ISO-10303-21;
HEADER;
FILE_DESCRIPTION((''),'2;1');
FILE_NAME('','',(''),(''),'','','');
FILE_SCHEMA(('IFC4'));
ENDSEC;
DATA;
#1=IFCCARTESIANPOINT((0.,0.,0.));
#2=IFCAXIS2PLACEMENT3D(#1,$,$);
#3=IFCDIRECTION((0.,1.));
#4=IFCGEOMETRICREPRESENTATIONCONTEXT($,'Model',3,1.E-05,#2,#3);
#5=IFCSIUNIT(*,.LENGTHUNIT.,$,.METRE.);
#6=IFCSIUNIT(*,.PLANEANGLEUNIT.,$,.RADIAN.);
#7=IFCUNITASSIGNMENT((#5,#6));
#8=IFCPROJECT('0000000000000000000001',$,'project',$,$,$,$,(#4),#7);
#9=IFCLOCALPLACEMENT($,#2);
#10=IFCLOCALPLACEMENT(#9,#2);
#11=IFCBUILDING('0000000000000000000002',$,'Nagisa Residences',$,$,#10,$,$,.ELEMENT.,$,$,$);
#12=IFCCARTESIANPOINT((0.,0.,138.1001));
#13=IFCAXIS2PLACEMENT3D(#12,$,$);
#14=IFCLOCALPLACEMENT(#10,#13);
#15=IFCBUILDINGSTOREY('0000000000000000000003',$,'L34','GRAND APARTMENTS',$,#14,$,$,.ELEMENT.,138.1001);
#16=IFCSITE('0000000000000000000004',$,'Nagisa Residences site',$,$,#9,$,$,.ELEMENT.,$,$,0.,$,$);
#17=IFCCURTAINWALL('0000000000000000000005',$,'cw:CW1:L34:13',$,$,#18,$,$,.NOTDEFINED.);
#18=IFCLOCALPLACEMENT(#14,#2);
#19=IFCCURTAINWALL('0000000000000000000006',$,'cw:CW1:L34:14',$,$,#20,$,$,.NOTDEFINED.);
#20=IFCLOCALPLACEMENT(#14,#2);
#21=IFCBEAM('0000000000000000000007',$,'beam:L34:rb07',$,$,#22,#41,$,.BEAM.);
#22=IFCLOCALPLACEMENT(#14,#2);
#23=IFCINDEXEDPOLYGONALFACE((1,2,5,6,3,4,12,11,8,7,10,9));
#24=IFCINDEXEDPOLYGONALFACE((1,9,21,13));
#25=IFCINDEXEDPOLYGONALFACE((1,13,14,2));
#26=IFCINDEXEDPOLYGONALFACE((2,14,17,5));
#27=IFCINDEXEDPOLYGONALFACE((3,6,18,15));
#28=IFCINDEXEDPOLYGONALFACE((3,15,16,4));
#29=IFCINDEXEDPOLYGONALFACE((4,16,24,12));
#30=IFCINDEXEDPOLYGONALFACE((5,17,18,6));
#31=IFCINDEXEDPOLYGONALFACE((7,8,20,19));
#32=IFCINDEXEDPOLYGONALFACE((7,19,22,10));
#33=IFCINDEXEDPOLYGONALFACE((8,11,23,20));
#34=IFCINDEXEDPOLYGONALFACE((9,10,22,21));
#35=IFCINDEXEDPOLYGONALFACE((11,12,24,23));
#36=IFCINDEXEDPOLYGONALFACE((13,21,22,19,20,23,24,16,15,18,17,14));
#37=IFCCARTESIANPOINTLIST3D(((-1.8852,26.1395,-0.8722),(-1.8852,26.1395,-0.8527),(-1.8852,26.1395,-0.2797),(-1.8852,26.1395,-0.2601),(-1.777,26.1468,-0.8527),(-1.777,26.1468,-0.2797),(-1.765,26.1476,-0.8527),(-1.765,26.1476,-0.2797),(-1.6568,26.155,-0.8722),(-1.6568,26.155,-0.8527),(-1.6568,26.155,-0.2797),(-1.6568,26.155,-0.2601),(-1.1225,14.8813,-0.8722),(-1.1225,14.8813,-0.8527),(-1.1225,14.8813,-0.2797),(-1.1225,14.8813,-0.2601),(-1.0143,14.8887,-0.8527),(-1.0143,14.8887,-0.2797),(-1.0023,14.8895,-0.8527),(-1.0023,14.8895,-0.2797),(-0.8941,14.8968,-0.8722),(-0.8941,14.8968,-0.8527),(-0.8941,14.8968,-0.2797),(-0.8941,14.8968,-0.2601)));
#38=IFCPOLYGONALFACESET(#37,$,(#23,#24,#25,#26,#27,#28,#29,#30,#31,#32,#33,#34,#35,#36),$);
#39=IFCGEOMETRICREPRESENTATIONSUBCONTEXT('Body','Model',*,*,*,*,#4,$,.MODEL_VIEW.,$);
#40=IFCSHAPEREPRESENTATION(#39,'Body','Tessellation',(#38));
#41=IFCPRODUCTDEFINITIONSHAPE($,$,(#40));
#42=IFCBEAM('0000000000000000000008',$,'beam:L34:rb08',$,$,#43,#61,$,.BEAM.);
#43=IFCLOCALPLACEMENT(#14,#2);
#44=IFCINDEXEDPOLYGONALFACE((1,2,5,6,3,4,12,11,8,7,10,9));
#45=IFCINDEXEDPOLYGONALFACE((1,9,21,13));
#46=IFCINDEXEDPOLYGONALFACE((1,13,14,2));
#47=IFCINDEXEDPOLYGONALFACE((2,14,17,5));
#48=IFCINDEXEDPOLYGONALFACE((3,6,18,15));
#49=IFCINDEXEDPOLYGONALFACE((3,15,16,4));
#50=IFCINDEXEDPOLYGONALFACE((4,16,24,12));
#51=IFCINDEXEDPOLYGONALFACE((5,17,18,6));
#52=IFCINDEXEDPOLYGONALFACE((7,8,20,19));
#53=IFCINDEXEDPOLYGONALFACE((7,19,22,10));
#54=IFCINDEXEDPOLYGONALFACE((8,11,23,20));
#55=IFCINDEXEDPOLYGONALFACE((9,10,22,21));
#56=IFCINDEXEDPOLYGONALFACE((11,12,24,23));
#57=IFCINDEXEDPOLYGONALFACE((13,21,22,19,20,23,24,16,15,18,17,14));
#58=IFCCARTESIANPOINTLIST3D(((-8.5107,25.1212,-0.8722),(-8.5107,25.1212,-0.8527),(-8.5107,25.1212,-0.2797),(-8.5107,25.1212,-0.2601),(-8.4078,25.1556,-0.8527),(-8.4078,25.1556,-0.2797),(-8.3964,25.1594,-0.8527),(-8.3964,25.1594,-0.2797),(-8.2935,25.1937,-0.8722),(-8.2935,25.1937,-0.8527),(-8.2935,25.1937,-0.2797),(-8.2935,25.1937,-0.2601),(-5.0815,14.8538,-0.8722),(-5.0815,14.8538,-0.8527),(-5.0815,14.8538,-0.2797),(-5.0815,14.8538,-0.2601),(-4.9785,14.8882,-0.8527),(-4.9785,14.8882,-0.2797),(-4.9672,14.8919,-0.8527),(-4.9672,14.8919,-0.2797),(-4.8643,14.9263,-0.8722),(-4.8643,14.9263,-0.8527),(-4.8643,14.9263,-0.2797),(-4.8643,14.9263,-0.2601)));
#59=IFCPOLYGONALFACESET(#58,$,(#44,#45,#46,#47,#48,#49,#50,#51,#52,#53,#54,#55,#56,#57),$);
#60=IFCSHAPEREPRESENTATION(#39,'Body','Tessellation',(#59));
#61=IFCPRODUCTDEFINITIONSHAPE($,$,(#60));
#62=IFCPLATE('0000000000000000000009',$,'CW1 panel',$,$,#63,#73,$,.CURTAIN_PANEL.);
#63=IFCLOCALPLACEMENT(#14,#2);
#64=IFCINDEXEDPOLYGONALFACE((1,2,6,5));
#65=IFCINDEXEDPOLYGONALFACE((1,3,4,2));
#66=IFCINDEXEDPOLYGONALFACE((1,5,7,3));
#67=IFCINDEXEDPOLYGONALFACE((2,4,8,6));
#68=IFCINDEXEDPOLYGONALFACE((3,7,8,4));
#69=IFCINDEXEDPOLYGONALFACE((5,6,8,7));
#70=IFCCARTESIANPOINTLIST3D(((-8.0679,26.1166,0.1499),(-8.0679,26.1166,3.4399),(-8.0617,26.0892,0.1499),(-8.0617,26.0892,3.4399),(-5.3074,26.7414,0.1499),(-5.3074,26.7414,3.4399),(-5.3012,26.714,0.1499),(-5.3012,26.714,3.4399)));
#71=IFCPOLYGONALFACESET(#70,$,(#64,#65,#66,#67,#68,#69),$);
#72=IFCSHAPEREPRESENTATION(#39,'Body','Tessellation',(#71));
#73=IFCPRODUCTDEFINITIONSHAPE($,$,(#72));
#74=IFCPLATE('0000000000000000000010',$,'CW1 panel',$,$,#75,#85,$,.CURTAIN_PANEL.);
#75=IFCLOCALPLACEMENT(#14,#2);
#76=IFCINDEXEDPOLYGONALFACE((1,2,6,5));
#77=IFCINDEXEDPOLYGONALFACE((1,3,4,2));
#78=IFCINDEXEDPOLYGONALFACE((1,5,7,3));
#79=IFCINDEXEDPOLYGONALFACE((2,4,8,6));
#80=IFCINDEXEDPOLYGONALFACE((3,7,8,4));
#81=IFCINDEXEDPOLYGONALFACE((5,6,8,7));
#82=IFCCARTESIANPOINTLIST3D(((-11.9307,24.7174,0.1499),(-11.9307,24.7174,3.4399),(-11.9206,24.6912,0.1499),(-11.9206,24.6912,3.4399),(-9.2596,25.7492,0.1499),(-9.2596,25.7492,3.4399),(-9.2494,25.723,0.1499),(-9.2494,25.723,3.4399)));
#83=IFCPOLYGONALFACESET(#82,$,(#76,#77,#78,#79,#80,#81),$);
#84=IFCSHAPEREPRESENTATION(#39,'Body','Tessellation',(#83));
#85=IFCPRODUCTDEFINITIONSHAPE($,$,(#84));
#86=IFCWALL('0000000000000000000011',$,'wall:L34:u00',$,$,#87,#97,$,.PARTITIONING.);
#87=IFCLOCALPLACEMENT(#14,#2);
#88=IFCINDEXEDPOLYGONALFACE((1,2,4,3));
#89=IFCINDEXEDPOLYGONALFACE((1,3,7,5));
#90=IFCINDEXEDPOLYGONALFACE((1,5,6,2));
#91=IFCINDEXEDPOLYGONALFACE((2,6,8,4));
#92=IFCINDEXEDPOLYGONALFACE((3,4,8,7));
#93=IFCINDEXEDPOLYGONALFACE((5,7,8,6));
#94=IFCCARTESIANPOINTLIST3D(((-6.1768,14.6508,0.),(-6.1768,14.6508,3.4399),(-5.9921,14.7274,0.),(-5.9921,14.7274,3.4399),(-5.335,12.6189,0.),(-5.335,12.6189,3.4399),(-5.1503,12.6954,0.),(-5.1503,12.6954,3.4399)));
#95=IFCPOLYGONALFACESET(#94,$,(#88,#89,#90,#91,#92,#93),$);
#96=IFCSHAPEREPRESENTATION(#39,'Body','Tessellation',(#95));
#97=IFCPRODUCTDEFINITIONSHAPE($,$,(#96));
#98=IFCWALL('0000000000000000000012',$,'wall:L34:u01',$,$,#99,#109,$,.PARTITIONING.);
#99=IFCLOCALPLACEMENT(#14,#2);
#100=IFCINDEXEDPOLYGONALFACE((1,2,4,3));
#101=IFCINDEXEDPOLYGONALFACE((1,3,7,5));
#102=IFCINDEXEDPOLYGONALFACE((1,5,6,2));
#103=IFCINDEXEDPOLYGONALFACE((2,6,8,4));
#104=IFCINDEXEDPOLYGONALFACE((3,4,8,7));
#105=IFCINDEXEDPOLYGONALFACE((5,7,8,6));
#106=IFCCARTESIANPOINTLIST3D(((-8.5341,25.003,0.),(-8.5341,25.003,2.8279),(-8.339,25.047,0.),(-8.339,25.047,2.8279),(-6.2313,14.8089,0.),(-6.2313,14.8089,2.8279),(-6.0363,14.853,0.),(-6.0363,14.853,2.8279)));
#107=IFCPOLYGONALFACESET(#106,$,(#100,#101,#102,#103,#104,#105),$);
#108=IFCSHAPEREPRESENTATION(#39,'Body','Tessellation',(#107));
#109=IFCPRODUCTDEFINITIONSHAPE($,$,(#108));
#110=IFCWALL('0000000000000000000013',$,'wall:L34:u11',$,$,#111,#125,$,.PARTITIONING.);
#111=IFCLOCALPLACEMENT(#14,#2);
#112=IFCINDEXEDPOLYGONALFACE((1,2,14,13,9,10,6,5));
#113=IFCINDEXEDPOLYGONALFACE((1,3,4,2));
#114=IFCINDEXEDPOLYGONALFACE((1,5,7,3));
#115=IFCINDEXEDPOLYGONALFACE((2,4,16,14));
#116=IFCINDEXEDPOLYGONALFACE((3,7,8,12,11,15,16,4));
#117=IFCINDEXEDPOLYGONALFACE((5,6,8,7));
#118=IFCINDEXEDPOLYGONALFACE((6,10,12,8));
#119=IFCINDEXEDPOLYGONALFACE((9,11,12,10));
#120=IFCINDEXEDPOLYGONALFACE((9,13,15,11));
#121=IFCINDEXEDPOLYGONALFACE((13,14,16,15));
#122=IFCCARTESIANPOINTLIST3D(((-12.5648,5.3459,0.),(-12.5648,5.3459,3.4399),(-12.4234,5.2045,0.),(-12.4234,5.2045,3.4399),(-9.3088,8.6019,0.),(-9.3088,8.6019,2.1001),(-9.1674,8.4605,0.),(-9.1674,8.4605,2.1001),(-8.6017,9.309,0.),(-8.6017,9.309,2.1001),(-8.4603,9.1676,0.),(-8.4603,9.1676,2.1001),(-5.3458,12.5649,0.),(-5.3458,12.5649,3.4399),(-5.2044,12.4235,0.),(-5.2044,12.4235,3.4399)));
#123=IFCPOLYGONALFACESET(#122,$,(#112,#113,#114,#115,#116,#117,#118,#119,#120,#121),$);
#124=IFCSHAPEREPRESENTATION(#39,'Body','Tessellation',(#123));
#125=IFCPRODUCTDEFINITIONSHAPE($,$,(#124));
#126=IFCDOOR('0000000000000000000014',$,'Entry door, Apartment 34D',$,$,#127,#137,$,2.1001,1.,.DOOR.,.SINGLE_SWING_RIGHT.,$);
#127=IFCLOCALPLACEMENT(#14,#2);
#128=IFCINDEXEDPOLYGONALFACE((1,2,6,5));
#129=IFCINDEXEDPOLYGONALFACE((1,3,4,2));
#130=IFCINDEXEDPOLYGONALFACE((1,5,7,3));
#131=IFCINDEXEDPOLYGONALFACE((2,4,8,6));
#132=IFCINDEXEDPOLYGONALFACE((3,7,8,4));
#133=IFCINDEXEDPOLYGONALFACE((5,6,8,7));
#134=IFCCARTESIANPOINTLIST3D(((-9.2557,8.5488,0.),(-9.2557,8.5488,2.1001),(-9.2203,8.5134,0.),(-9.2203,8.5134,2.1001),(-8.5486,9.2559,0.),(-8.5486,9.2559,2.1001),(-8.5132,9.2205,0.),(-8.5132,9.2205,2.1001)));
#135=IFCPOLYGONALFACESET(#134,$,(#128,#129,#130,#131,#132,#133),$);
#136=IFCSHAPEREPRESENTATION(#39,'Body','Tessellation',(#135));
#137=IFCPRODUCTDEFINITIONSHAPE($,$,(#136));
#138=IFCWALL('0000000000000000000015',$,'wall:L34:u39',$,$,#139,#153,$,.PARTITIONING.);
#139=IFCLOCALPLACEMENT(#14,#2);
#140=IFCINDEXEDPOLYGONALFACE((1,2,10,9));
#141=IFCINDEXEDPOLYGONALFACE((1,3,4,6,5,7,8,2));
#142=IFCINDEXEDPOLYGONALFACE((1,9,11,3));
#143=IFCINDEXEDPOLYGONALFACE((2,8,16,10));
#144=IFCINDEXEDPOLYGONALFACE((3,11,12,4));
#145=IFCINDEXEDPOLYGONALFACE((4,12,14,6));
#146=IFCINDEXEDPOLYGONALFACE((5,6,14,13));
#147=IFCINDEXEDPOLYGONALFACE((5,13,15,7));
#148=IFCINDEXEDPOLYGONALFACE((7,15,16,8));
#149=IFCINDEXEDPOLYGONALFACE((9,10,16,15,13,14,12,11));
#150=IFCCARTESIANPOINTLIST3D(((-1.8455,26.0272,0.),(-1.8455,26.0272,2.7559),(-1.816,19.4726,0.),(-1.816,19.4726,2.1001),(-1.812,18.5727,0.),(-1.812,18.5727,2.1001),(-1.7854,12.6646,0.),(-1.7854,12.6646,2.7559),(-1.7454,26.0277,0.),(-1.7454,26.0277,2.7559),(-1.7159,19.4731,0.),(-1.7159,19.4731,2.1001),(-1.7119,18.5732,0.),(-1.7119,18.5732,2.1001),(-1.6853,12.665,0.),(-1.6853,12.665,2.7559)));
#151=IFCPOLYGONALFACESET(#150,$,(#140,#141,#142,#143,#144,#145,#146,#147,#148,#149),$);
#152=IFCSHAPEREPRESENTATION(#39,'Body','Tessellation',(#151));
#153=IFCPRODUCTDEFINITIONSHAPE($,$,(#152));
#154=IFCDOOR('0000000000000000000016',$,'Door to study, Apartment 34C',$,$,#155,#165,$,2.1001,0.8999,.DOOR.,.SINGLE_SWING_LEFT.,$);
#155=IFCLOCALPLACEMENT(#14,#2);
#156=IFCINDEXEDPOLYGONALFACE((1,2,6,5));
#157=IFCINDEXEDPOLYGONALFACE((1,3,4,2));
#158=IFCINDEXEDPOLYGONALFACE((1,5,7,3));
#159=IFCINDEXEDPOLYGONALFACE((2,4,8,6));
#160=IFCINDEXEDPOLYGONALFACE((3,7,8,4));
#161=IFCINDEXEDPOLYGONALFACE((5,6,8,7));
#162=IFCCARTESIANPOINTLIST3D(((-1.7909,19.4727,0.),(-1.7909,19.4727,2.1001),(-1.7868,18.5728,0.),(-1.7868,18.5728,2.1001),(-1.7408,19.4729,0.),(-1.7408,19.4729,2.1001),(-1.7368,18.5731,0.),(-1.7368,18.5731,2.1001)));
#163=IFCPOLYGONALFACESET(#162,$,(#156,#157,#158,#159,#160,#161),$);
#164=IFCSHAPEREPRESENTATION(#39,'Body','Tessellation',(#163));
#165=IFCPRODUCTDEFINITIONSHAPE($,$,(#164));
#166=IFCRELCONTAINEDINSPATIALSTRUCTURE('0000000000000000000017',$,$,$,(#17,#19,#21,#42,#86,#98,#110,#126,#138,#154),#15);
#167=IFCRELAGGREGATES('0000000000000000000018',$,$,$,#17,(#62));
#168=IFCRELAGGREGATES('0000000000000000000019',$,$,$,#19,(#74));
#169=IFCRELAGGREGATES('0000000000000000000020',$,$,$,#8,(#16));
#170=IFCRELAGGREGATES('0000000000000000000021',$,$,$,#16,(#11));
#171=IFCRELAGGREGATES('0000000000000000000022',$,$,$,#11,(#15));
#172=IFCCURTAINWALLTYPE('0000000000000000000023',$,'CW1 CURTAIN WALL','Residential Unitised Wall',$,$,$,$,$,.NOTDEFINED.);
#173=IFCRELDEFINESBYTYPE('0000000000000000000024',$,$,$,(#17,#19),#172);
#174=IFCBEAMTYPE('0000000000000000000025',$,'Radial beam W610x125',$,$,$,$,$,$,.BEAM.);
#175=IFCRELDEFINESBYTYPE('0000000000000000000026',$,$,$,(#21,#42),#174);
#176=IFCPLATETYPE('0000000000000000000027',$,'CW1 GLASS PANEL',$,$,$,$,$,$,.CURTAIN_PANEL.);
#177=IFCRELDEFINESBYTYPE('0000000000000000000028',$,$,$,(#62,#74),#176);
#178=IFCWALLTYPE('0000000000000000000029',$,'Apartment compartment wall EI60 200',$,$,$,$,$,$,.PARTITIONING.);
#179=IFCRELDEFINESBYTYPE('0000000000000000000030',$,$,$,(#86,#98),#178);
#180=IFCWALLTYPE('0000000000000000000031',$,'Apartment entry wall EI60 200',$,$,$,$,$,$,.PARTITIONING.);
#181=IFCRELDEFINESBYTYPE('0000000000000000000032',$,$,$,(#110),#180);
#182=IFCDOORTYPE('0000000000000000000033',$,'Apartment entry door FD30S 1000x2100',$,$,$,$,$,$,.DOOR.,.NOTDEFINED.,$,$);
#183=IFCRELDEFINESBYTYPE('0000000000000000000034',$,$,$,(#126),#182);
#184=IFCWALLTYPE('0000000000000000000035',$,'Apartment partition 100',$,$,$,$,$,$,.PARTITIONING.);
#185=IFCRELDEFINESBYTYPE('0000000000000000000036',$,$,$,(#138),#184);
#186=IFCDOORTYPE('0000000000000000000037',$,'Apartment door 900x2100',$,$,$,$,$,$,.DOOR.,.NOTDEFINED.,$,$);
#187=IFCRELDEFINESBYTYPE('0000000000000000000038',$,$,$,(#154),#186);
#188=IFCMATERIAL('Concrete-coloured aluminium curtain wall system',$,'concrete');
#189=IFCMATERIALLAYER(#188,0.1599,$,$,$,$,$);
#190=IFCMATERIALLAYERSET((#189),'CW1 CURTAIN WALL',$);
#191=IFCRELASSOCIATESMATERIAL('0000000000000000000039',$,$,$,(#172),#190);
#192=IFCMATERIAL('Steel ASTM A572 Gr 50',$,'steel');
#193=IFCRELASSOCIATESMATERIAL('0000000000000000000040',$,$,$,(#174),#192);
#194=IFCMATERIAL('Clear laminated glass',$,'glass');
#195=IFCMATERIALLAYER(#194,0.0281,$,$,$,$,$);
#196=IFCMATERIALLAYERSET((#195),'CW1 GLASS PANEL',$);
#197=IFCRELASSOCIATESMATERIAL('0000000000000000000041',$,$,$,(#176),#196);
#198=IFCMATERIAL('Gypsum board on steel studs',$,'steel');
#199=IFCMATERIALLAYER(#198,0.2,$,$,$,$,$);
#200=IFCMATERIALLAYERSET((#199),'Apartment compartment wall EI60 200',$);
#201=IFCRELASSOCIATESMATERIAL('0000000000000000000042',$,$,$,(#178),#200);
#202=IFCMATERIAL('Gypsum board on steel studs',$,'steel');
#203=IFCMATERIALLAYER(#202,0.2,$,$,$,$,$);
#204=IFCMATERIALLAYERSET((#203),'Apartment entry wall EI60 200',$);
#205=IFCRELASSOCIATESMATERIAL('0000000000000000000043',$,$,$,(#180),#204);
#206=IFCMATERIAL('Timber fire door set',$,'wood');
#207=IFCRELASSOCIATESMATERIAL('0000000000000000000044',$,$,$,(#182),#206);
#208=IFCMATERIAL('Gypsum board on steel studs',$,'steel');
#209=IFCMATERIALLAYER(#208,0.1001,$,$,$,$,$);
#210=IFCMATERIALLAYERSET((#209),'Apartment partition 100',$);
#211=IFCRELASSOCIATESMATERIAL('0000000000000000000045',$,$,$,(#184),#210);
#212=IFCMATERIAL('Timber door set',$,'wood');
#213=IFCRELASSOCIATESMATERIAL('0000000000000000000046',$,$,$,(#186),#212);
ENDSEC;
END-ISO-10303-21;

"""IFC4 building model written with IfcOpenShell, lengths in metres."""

from ifc_helpers import new_model, si_unit, direction, frame, frame_2d, origin, origin_2d, place, context, subcontext, project, spatial, rectangle, i_section, extrude, material, layer, layer_set, material_profile, profile_set, type_object, element, fill, aggregate, save


model = new_model("IFC4")

# Units and contexts
model_context = context("Model", 3, precision=1e-05, world=origin(), true_north=direction((0.0, 1.0)))
body_context = subcontext(model_context, "Body", "Model", "MODEL_VIEW")
ifc_project = project(units=[si_unit("LENGTHUNIT", "METRE"), si_unit("PLANEANGLEUNIT", "RADIAN")], contexts=[model_context])

# Site, building, storey
site_placement = place(None, origin())
site = spatial("IfcSite", under=ifc_project, at=site_placement, Name="Nagisa Residences site", CompositionType="ELEMENT", RefElevation=0.0)
building_placement = place(site_placement, origin())
building = spatial("IfcBuilding", under=site, at=building_placement, Name="Nagisa Residences", CompositionType="ELEMENT")
storey_placement = place(building_placement, frame((0.0, 0.0, 138.1001)))
storey = spatial("IfcBuildingStorey", under=building, at=storey_placement, Name="L34", Description="GRAND APARTMENTS", CompositionType="ELEMENT", Elevation=138.1001)

# Curtain walls
ifc_material_1 = material(Name="Concrete-coloured aluminium curtain wall system", Category="concrete")
ifc_layer_1 = layer(ifc_material_1, 0.1599)
ifc_layer_set_1 = layer_set([ifc_layer_1], Name="CW1 CURTAIN WALL")
curtain_wall_type = type_object("IfcCurtainWallType", Name="CW1 CURTAIN WALL", Description="Residential Unitised Wall", PredefinedType="NOTDEFINED", material=ifc_layer_set_1)
curtain_wall_1_placement = place(storey_placement, origin())
curtain_wall_1 = element("IfcCurtainWall", 1, at=curtain_wall_1_placement, inside=storey, type_object=curtain_wall_type, Name="cw:CW1:L34:13", PredefinedType="NOTDEFINED")
curtain_wall_2_placement = place(storey_placement, origin())
curtain_wall_2 = element("IfcCurtainWall", 2, at=curtain_wall_2_placement, inside=storey, type_object=curtain_wall_type, Name="cw:CW1:L34:14", PredefinedType="NOTDEFINED")

# Beams
ifc_material_2 = material(Name="Steel ASTM A572 Gr 50", Category="steel")
ifc_material_profile_1 = material_profile(ifc_material_2, i_section(OverallWidth=0.229, OverallDepth=0.6121, WebThickness=0.012, FlangeThickness=0.0195, at=origin_2d()), Name="W610x125")
ifc_profile_set_1 = profile_set([ifc_material_profile_1], Name="Steel ASTM A572 Gr 50")
beam_type_1 = type_object("IfcBeamType", Name="Radial beam W610x125", PredefinedType="BEAM", material=ifc_profile_set_1)
beam_1_placement = place(storey_placement, frame((-1.771, 26.1472, -0.5662), z_axis=(0.067592, -0.997713, 0.0), x_axis=(0.997713, 0.067592, 0.0)))
element("IfcBeam", 3, at=beam_1_placement, inside=storey, type_object=beam_type_1, Name="beam:L34:rb07", PredefinedType="BEAM", context=body_context, shape_type="SweptSolid", body=[
    extrude(i_section(OverallWidth=0.229, OverallDepth=0.6121, WebThickness=0.012, FlangeThickness=0.0195, at=origin_2d()), origin(), (0.0, 0.0, 1.0), 11.2839),
])
beam_2_placement = place(storey_placement, frame((-8.4021, 25.1575, -0.5662), z_axis=(0.316789, -0.948496, 0.0), x_axis=(0.948496, 0.316789, 0.0)))
element("IfcBeam", 4, at=beam_2_placement, inside=storey, type_object=beam_type_1, Name="beam:L34:rb08", PredefinedType="BEAM", context=body_context, shape_type="SweptSolid", body=[
    extrude(i_section(OverallWidth=0.229, OverallDepth=0.6121, WebThickness=0.012, FlangeThickness=0.0195, at=origin_2d()), origin(), (0.0, 0.0, 1.0), 10.825),
])

# Plates
ifc_material_3 = material(Name="Clear laminated glass", Category="glass")
ifc_layer_2 = layer(ifc_material_3, 0.0281)
ifc_layer_set_2 = layer_set([ifc_layer_2], Name="CW1 GLASS PANEL")
plate_type = type_object("IfcPlateType", Name="CW1 GLASS PANEL", PredefinedType="CURTAIN_PANEL", material=ifc_layer_set_2)
plate_1_placement = place(storey_placement, frame((-6.6846, 26.4153, 0.1499), z_axis=(0.0, 0.0, 1.0), x_axis=(-0.975327, -0.220764, 0.0)))
plate_1 = element("IfcPlate", 5, at=plate_1_placement, type_object=plate_type, Name="CW1 panel", PredefinedType="CURTAIN_PANEL", context=body_context, shape_type="SweptSolid", body=[
    extrude(rectangle(XDim=2.8303, YDim=0.0281, at=origin_2d()), origin(), (0.0, 0.0, 1.0), 3.29),
])
aggregate(curtain_wall_1, [plate_1])
plate_2_placement = place(storey_placement, frame((-10.5901, 25.2202, 0.1499), z_axis=(0.0, 0.0, 1.0), x_axis=(-0.932826, -0.360328, 0.0)))
plate_2 = element("IfcPlate", 6, at=plate_2_placement, type_object=plate_type, Name="CW1 panel", PredefinedType="CURTAIN_PANEL", context=body_context, shape_type="SweptSolid", body=[
    extrude(rectangle(XDim=2.8635, YDim=0.0281, at=origin_2d()), origin(), (0.0, 0.0, 1.0), 3.29),
])
aggregate(curtain_wall_2, [plate_2])

# Walls
ifc_material_4 = material(Name="Gypsum board on steel studs", Category="steel")
ifc_layer_3 = layer(ifc_material_4, 0.2)
ifc_layer_set_3 = layer_set([ifc_layer_3], Name="Apartment compartment wall EI60 200")
wall_type_1 = type_object("IfcWallType", Name="Apartment compartment wall EI60 200", PredefinedType="PARTITIONING", material=ifc_layer_set_3)
wall_1_placement = place(storey_placement, frame((-5.2427, 12.6572, 0.0), z_axis=(0.0, 0.0, 1.0), x_axis=(-0.382731, 0.92386, 0.0)))
element("IfcWall", 7, at=wall_1_placement, inside=storey, type_object=wall_type_1, Name="wall:L34:u00", PredefinedType="PARTITIONING", context=body_context, shape_type="SweptSolid", body=[
    extrude(rectangle(XDim=2.1995, YDim=0.2, at=frame_2d((1.0996, 0.0))), origin(), (0.0, 0.0, 1.0), 3.4399),
])
wall_2_placement = place(storey_placement, frame((-6.1338, 14.8308, 0.0), z_axis=(0.0, 0.0, 1.0), x_axis=(-0.220338, 0.975424, 0.0)))
element("IfcWall", 8, at=wall_2_placement, inside=storey, type_object=wall_type_1, Name="wall:L34:u01", PredefinedType="PARTITIONING", context=body_context, shape_type="SweptSolid", body=[
    extrude(rectangle(XDim=10.4509, YDim=0.2, at=frame_2d((5.2256, 0.0))), origin(), (0.0, 0.0, 1.0), 2.8279),
])

# Walls, openings, doors
ifc_material_5 = material(Name="Gypsum board on steel studs", Category="steel")
ifc_layer_4 = layer(ifc_material_5, 0.2)
ifc_layer_set_4 = layer_set([ifc_layer_4], Name="Apartment entry wall EI60 200")
wall_type_2 = type_object("IfcWallType", Name="Apartment entry wall EI60 200", PredefinedType="PARTITIONING", material=ifc_layer_set_4)
wall_3_placement = place(storey_placement, frame((-5.2751, 12.4941, 0.0), z_axis=(0.0, 0.0, 1.0), x_axis=(-0.707107, -0.707107, 0.0)))
wall_3 = element("IfcWall", 9, at=wall_3_placement, inside=storey, type_object=wall_type_2, Name="wall:L34:u11", PredefinedType="PARTITIONING", context=body_context, shape_type="SweptSolid", body=[
    extrude(rectangle(XDim=10.2092, YDim=0.2, at=frame_2d((5.1045, 0.0))), origin(), (0.0, 0.0, 1.0), 3.4399),
])
opening_1_placement = place(wall_3_placement, frame((4.6045, 0.0, 0.0)))
opening_1 = element("IfcOpeningElement", 10, at=opening_1_placement, cuts=wall_3, PredefinedType="OPENING", context=body_context, shape_type="SweptSolid", body=[
    extrude(rectangle(XDim=1.0, YDim=2.1001, at=frame_2d((0.5, 1.05))), frame((0.0, 0.1099, 0.0), z_axis=(0.0, -1.0, 0.0), x_axis=(1.0, 0.0, 0.0)), (0.0, 0.0, 1.0), 0.22),
])
ifc_material_6 = material(Name="Timber fire door set", Category="wood")
door_type_1 = type_object("IfcDoorType", Name="Apartment entry door FD30S 1000x2100", OperationType="NOTDEFINED", PredefinedType="DOOR", material=ifc_material_6)
door_1_placement = place(opening_1_placement, frame((1.0, 0.0, 0.0), x_axis=(-1.0, 0.0, 0.0)))
door_1 = element("IfcDoor", 11, at=door_1_placement, inside=storey, type_object=door_type_1, Name="Entry door, Apartment 34D", OperationType="SINGLE_SWING_RIGHT", OverallHeight=2.1001, OverallWidth=1.0, PredefinedType="DOOR", context=body_context, shape_type="SweptSolid", body=[
    extrude(rectangle(XDim=1.0, YDim=2.1001, at=frame_2d((0.5, 1.05))), frame((0.0, 0.0249, 0.0), z_axis=(0.0, -1.0, 0.0), x_axis=(1.0, 0.0, 0.0)), (0.0, 0.0, 1.0), 0.05),
])
fill(opening_1, door_1)
ifc_material_7 = material(Name="Gypsum board on steel studs", Category="steel")
ifc_layer_5 = layer(ifc_material_7, 0.1001)
ifc_layer_set_5 = layer_set([ifc_layer_5], Name="Apartment partition 100")
wall_type_3 = type_object("IfcWallType", Name="Apartment partition 100", PredefinedType="PARTITIONING", material=ifc_layer_set_5)
wall_4_placement = place(storey_placement, frame((-1.7354, 12.6648, 0.0), z_axis=(0.0, 0.0, 1.0), x_axis=(-0.004495, 0.99999, 0.0)))
wall_4 = element("IfcWall", 12, at=wall_4_placement, inside=storey, type_object=wall_type_3, Name="wall:L34:u39", PredefinedType="PARTITIONING", context=body_context, shape_type="SweptSolid", body=[
    extrude(rectangle(XDim=13.3628, YDim=0.1001, at=frame_2d((6.6814, 0.0))), origin(), (0.0, 0.0, 1.0), 2.7559),
])
opening_2_placement = place(wall_4_placement, frame((5.9082, 0.0, 0.0)))
opening_2 = element("IfcOpeningElement", 13, at=opening_2_placement, cuts=wall_4, PredefinedType="OPENING", context=body_context, shape_type="SweptSolid", body=[
    extrude(rectangle(XDim=0.8999, YDim=2.1001, at=frame_2d((0.45, 1.05))), frame((0.0, 0.0601, 0.0), z_axis=(0.0, -1.0, 0.0), x_axis=(1.0, 0.0, 0.0)), (0.0, 0.0, 1.0), 0.1201),
])
ifc_material_8 = material(Name="Timber door set", Category="wood")
door_type_2 = type_object("IfcDoorType", Name="Apartment door 900x2100", OperationType="NOTDEFINED", PredefinedType="DOOR", material=ifc_material_8)
door_2_placement = place(opening_2_placement, origin())
door_2 = element("IfcDoor", 14, at=door_2_placement, inside=storey, type_object=door_type_2, Name="Door to study, Apartment 34C", OperationType="SINGLE_SWING_LEFT", OverallHeight=2.1001, OverallWidth=0.8999, PredefinedType="DOOR", context=body_context, shape_type="SweptSolid", body=[
    extrude(rectangle(XDim=0.8999, YDim=2.1001, at=frame_2d((0.45, 1.05))), frame((0.0, 0.0249, 0.0), z_axis=(0.0, -1.0, 0.0), x_axis=(1.0, 0.0, 0.0)), (0.0, 0.0, 1.0), 0.05),
])
fill(opening_2, door_2)

save(model, "model.ifc")
